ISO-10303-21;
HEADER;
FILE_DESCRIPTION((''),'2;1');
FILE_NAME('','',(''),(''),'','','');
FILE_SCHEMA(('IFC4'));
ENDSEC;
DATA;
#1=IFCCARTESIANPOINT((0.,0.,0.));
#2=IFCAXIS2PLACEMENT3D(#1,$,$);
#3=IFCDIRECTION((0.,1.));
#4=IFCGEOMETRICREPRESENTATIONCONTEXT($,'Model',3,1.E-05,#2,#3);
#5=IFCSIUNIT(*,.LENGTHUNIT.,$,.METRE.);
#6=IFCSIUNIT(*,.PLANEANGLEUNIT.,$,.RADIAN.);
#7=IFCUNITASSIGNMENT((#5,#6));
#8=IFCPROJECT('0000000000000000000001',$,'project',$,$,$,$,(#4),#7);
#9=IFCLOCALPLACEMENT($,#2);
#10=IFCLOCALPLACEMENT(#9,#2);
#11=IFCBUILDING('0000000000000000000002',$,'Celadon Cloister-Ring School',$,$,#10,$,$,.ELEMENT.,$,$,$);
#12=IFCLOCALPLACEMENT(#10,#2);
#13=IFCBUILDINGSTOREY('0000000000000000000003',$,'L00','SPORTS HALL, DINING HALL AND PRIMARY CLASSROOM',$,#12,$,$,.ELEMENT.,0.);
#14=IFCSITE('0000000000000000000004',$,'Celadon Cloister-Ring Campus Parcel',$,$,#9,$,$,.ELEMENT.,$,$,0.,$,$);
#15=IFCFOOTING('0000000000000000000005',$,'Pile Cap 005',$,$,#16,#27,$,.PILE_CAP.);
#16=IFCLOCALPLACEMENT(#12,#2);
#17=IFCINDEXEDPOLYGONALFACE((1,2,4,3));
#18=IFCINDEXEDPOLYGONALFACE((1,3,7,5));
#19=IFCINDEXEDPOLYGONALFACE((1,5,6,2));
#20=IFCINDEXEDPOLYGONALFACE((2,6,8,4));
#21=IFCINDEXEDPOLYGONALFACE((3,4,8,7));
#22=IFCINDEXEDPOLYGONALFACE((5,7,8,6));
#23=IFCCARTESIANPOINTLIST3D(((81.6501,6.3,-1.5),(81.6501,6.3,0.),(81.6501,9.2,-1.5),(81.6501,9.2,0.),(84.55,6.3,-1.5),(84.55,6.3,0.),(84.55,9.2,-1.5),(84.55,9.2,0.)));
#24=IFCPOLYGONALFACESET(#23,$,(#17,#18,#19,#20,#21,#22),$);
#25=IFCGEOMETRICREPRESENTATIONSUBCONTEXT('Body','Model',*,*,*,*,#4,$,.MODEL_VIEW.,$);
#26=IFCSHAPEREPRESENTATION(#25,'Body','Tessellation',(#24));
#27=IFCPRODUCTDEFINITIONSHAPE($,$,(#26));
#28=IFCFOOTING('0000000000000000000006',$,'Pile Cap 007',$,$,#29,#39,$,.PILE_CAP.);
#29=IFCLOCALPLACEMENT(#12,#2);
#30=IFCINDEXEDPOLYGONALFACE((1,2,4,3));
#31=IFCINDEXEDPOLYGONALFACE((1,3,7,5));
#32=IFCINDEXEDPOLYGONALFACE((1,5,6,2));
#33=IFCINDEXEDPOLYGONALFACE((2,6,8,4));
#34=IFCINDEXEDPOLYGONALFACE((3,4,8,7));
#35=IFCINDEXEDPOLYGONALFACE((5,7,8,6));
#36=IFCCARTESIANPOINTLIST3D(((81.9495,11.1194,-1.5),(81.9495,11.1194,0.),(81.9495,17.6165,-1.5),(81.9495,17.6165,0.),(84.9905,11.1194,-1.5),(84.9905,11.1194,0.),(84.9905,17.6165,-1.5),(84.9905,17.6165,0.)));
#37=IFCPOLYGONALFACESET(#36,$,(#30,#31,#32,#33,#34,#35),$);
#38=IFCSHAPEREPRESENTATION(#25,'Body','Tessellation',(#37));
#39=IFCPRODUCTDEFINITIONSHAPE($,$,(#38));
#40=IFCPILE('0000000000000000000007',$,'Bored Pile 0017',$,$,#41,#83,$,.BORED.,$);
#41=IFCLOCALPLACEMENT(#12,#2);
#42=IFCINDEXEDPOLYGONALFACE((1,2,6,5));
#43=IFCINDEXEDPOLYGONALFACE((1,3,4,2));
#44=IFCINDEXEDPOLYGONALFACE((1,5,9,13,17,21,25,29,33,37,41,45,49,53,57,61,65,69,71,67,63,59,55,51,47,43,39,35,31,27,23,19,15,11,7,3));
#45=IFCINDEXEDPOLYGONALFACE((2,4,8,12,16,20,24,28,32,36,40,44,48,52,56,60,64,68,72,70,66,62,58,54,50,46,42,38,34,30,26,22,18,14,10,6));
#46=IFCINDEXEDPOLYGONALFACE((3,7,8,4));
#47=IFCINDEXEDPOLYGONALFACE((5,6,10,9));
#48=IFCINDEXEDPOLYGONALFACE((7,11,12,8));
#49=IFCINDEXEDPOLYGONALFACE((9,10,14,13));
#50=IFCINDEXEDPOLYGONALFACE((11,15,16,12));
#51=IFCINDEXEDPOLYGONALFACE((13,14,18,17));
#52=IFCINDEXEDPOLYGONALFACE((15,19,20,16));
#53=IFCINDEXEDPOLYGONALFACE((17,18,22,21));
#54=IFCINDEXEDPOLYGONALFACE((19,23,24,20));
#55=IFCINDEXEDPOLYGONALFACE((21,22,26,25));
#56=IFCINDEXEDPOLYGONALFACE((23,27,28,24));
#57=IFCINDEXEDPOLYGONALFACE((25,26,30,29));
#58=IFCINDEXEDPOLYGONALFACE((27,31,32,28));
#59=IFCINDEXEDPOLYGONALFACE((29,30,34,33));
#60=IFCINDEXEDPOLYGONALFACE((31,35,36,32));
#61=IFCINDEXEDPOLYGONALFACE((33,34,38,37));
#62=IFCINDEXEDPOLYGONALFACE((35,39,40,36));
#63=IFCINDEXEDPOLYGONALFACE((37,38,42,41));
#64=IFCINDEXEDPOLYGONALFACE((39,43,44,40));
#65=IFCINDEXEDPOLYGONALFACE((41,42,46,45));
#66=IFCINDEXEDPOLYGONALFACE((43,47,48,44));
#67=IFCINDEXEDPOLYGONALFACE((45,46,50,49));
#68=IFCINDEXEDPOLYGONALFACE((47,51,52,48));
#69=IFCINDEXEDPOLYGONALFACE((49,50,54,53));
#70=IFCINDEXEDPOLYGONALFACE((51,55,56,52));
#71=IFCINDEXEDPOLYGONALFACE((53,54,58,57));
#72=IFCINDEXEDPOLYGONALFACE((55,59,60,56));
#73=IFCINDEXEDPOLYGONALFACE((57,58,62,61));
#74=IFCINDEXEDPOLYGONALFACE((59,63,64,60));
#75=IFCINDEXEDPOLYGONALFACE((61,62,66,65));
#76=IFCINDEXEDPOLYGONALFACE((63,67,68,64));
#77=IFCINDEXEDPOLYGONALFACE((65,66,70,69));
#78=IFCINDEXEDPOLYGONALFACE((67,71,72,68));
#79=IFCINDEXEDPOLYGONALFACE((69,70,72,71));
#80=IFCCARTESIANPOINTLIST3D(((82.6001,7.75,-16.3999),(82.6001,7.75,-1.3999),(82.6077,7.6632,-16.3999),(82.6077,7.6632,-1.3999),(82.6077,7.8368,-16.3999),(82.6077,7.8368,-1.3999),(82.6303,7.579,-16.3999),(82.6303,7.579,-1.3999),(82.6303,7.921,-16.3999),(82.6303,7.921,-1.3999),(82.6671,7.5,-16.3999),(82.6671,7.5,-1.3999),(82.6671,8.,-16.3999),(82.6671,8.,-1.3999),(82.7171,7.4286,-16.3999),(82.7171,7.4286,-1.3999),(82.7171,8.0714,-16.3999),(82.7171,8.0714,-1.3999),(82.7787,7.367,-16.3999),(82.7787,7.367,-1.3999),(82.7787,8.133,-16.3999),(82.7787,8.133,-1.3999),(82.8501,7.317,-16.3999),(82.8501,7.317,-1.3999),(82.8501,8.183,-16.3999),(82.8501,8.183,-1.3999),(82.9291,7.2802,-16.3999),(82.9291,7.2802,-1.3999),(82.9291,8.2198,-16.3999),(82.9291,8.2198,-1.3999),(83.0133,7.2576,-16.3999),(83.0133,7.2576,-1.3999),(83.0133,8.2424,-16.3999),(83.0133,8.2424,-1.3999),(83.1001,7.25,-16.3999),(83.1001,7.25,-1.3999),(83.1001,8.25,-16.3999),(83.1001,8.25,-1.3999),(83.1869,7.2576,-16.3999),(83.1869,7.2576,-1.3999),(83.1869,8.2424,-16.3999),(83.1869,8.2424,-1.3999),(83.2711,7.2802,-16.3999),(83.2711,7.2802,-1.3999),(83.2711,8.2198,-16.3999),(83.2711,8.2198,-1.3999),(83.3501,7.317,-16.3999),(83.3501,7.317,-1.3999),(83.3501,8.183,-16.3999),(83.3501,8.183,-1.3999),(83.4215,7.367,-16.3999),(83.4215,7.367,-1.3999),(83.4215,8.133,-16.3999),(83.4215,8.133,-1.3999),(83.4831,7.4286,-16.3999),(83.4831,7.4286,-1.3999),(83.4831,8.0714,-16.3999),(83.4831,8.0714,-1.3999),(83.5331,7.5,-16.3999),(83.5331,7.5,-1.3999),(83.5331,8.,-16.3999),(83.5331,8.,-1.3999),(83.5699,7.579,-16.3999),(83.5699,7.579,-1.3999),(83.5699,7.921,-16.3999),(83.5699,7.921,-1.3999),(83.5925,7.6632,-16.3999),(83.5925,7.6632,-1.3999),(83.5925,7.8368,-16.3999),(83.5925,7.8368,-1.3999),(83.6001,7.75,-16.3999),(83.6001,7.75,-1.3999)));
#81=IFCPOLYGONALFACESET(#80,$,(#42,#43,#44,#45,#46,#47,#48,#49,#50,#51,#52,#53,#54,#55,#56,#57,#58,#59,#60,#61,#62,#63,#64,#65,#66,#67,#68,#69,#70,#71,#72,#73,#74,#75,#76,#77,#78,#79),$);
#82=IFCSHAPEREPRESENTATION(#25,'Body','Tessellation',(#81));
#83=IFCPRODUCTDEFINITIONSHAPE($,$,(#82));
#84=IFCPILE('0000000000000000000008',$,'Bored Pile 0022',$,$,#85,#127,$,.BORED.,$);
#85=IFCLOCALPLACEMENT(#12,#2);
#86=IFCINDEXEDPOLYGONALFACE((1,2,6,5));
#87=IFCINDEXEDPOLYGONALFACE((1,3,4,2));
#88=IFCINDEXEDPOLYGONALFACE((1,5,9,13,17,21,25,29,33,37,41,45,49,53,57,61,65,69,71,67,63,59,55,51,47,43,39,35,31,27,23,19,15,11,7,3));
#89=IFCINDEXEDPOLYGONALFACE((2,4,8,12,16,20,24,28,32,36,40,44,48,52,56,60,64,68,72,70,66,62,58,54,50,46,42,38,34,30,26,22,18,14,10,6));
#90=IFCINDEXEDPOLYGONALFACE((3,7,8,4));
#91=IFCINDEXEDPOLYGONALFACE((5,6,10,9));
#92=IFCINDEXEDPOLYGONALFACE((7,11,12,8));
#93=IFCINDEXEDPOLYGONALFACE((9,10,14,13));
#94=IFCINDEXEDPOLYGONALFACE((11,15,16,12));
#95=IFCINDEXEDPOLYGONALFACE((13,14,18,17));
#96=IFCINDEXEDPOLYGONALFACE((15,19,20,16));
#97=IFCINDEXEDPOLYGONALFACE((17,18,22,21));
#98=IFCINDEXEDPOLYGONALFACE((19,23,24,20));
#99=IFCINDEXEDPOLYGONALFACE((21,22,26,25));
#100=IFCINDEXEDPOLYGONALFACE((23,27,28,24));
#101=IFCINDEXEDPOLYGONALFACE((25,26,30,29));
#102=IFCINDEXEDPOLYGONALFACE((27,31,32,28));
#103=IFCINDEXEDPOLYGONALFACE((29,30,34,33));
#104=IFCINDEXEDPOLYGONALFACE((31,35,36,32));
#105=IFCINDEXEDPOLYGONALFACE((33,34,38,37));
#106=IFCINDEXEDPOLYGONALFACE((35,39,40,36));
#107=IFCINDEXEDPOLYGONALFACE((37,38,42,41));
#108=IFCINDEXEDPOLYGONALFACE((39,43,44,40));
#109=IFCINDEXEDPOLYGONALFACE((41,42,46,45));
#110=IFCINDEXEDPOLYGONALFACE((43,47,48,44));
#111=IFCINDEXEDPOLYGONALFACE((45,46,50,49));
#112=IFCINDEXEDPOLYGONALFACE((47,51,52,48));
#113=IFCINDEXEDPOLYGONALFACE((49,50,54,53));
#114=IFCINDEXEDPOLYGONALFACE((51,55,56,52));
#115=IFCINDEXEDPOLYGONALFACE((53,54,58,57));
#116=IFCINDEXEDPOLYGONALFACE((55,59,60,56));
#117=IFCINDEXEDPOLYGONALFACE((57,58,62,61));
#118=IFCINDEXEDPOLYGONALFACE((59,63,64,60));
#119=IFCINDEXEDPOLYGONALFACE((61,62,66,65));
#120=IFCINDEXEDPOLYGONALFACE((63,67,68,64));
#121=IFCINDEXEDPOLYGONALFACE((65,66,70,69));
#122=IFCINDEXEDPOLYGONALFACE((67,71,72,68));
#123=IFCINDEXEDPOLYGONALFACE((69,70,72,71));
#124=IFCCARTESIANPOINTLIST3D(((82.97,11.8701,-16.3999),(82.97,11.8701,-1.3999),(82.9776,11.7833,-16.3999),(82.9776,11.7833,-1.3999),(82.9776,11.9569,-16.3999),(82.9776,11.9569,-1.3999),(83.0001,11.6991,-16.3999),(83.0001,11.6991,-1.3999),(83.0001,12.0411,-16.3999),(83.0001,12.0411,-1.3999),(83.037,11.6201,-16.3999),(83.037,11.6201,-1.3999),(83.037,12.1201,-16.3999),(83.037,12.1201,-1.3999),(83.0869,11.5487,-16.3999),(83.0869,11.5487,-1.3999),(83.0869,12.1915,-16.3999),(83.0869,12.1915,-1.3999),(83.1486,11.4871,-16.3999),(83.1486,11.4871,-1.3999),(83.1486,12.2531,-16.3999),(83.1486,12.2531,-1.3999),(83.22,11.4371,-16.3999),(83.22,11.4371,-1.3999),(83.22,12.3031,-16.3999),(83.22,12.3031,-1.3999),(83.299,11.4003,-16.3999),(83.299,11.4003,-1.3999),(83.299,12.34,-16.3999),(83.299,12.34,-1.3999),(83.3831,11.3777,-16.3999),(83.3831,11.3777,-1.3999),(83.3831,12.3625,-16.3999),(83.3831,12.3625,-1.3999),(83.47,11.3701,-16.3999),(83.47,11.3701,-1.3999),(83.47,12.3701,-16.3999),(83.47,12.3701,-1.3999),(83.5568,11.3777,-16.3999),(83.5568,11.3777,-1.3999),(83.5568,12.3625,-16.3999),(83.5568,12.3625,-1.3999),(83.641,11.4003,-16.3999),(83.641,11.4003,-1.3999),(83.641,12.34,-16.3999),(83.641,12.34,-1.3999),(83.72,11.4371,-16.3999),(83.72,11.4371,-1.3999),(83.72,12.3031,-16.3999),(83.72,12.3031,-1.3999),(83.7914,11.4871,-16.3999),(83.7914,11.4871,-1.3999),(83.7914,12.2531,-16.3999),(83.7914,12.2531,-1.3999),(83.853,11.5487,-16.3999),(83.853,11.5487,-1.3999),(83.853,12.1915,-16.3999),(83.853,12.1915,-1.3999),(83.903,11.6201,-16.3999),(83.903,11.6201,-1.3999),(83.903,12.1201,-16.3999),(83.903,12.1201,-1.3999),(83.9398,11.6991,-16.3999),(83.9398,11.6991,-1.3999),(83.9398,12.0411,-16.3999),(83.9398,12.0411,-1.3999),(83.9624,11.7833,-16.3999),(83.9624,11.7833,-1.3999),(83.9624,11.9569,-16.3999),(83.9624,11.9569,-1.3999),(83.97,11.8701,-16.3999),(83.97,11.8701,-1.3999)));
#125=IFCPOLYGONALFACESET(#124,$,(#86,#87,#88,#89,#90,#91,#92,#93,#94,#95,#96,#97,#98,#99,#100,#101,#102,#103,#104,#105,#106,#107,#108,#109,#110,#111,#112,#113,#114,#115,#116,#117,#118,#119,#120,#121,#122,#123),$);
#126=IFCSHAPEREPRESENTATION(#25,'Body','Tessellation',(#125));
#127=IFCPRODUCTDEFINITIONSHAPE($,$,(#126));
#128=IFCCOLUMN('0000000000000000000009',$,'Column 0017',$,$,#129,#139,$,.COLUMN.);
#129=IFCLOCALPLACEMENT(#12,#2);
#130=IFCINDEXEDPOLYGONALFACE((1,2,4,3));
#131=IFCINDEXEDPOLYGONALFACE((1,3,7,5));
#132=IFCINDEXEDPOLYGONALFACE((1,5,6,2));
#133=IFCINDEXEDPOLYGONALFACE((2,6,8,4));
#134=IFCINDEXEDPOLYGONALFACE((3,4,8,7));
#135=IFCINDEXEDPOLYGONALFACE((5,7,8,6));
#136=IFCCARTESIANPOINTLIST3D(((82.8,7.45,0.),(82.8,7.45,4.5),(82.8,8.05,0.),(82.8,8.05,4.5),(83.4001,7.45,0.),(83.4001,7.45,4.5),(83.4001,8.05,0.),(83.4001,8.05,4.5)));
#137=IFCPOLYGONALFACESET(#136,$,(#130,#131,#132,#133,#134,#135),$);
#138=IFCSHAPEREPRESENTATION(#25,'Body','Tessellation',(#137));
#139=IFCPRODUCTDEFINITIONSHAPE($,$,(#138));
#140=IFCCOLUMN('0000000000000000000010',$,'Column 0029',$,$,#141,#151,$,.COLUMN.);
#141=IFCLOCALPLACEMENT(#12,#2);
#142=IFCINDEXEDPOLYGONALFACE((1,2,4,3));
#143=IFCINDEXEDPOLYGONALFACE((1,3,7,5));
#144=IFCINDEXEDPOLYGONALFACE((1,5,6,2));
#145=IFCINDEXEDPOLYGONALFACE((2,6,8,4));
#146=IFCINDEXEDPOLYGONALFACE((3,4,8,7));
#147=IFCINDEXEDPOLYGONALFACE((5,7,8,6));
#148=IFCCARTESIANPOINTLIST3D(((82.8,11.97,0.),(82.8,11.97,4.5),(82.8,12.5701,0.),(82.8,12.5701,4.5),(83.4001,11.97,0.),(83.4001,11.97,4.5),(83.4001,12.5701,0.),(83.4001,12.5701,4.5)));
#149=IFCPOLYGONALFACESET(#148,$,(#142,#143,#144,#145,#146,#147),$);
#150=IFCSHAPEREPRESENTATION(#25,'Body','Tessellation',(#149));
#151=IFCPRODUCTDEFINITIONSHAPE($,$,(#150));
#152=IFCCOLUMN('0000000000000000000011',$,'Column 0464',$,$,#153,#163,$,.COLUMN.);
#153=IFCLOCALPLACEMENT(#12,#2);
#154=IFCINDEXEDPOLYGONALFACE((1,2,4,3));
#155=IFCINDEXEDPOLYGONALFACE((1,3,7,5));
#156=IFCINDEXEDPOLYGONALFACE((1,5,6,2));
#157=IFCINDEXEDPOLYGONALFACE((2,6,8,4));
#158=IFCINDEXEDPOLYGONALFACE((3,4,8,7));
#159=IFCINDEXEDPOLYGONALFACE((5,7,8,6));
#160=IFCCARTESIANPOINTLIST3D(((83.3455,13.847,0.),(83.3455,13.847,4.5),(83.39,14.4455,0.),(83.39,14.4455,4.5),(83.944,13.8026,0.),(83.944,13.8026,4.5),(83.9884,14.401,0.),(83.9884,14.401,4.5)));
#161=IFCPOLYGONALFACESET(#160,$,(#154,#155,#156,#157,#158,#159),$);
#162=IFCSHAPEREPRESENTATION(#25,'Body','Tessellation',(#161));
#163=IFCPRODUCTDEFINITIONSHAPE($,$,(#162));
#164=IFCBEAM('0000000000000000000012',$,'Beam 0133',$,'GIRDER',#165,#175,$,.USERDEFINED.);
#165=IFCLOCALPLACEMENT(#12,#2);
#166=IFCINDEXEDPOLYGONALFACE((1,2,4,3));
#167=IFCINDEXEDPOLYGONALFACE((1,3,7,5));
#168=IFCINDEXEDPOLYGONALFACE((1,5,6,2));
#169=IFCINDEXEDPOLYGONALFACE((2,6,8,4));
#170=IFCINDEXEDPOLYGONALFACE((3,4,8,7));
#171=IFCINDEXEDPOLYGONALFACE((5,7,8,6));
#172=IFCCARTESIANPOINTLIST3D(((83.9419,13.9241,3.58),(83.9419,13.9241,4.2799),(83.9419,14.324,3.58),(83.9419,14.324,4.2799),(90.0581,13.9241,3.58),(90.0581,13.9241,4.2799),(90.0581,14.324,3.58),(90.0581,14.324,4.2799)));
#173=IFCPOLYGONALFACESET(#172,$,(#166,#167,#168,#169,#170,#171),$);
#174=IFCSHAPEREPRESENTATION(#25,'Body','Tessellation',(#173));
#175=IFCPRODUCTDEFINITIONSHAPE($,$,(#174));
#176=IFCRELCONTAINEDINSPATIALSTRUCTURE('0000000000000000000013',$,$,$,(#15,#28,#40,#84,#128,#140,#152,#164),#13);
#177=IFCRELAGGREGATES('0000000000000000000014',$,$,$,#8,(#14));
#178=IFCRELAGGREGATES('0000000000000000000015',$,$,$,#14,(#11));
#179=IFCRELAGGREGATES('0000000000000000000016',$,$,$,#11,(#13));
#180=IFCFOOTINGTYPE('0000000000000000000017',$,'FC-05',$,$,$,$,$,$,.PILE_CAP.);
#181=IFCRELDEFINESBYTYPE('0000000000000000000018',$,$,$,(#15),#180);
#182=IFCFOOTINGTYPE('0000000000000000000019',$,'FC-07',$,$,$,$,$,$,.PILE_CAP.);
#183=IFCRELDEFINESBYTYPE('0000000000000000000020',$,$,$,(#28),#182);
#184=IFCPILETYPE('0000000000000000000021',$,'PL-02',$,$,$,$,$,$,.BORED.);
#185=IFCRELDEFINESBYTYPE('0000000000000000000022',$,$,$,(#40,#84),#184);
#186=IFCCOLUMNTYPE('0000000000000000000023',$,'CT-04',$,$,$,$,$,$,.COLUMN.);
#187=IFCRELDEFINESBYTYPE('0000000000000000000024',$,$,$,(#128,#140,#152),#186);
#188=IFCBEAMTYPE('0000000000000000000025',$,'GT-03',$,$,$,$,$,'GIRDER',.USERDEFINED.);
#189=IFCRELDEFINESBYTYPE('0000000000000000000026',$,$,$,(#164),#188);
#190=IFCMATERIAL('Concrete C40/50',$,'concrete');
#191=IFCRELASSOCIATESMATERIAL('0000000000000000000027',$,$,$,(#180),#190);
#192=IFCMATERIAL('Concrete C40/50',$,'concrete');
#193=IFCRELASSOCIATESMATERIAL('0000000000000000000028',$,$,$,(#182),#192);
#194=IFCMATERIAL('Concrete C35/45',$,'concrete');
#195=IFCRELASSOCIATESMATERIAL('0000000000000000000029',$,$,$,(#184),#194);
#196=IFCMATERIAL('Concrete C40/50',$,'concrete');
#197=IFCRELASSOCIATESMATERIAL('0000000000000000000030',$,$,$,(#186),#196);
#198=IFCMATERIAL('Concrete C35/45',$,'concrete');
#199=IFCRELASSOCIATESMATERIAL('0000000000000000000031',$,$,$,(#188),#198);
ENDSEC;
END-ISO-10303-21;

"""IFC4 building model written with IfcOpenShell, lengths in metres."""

from ifc_helpers import new_model, si_unit, direction, frame, origin, origin_2d, place, context, subcontext, project, spatial, rectangle, circle, extrude, material, material_profile, profile_set, type_object, element, save


model = new_model("IFC4")

# Units and contexts
model_context = context("Model", 3, precision=1e-05, world=origin(), true_north=direction((0.0, 1.0)))
body_context = subcontext(model_context, "Body", "Model", "MODEL_VIEW")
ifc_project = project(units=[si_unit("LENGTHUNIT", "METRE"), si_unit("PLANEANGLEUNIT", "RADIAN")], contexts=[model_context])

# Site, building, storey
site_placement = place(None, origin())
site = spatial("IfcSite", under=ifc_project, at=site_placement, Name="Celadon Cloister-Ring Campus Parcel", CompositionType="ELEMENT", RefElevation=0.0)
building_placement = place(site_placement, origin())
building = spatial("IfcBuilding", under=site, at=building_placement, Name="Celadon Cloister-Ring School", CompositionType="ELEMENT")
storey_placement = place(building_placement, origin())
storey = spatial("IfcBuildingStorey", under=building, at=storey_placement, Name="L00", Description="SPORTS HALL, DINING HALL AND PRIMARY CLASSROOM", CompositionType="ELEMENT", Elevation=0.0)

# Footings
ifc_material_1 = material(Name="Concrete C40/50", Category="concrete")
footing_type_1 = type_object("IfcFootingType", Name="FC-05", PredefinedType="PILE_CAP", material=ifc_material_1)
footing_1_placement = place(storey_placement, frame((83.1001, 7.75, -1.5), z_axis=(0.0, 0.0, 1.0), x_axis=(1.0, 0.0, 0.0)))
element("IfcFooting", 1, at=footing_1_placement, inside=storey, type_object=footing_type_1, Name="Pile Cap 005", PredefinedType="PILE_CAP", context=body_context, shape_type="SweptSolid", body=[
    extrude(rectangle(XDim=2.8999, YDim=2.8999, at=origin_2d()), origin(), (0.0, 0.0, 1.0), 1.5),
])
ifc_material_2 = material(Name="Concrete C40/50", Category="concrete")
footing_type_2 = type_object("IfcFootingType", Name="FC-07", PredefinedType="PILE_CAP", material=ifc_material_2)
footing_2_placement = place(storey_placement, frame((83.47, 14.3679, -1.5), z_axis=(0.0, 0.0, 1.0), x_axis=(1.0, 0.0, 0.0)))
element("IfcFooting", 2, at=footing_2_placement, inside=storey, type_object=footing_type_2, Name="Pile Cap 007", PredefinedType="PILE_CAP", context=body_context, shape_type="SweptSolid", body=[
    extrude(rectangle(XDim=3.041, YDim=6.4971, at=origin_2d()), origin(), (0.0, 0.0, 1.0), 1.5),
])

# Piles
ifc_material_3 = material(Name="Concrete C35/45", Category="concrete")
ifc_material_profile_1 = material_profile(ifc_material_3, circle(Radius=0.5, at=origin_2d()), Name="PILE1000")
ifc_profile_set_1 = profile_set([ifc_material_profile_1], Name="Concrete C35/45")
pile_type = type_object("IfcPileType", Name="PL-02", PredefinedType="BORED", material=ifc_profile_set_1)
for number, where, z_axis, x_axis, name in (
    (3, (83.1001, 7.75, -1.3999), (0.0, 0.0, -1.0), (1.0, 0.0, 0.0), "Bored Pile 0017"),
    (4, (83.47, 11.8701, -1.3999), (0.0, 0.0, -1.0), (1.0, 0.0, 0.0), "Bored Pile 0022"),
):
    element("IfcPile", number, at=place(storey_placement, frame(where, z_axis=z_axis, x_axis=x_axis)), inside=storey, type_object=pile_type, Name=name, PredefinedType="BORED", context=body_context, shape_type="SweptSolid", body=[
        extrude(circle(Radius=0.5, at=origin_2d()), origin(), (0.0, 0.0, 1.0), 15.0),
    ])

# Columns
ifc_material_4 = material(Name="Concrete C40/50", Category="concrete")
ifc_material_profile_2 = material_profile(ifc_material_4, rectangle(XDim=0.6001, YDim=0.6001, at=origin_2d()), Name="RC600X600")
ifc_profile_set_2 = profile_set([ifc_material_profile_2], Name="Concrete C40/50")
column_type = type_object("IfcColumnType", Name="CT-04", PredefinedType="COLUMN", material=ifc_profile_set_2)
for number, where, z_axis, x_axis, name in (
    (5, (83.1001, 7.75, 0.0), (0.0, 0.0, 1.0), (1.0, 0.0, 0.0), "Column 0017"),
    (6, (83.1001, 12.27, 0.0), (0.0, 0.0, 1.0), (1.0, 0.0, 0.0), "Column 0029"),
    (7, (83.667, 14.124, 0.0), (0.0, 0.0, 1.0), (-0.074074, -0.997253, 0.0), "Column 0464"),
):
    element("IfcColumn", number, at=place(storey_placement, frame(where, z_axis=z_axis, x_axis=x_axis)), inside=storey, type_object=column_type, Name=name, PredefinedType="COLUMN", context=body_context, shape_type="SweptSolid", body=[
        extrude(rectangle(XDim=0.6001, YDim=0.6001, at=origin_2d()), origin(), (0.0, 0.0, 1.0), 4.5),
    ])

# Beam
ifc_material_5 = material(Name="Concrete C35/45", Category="concrete")
ifc_material_profile_3 = material_profile(ifc_material_5, rectangle(XDim=0.3999, YDim=0.7, at=origin_2d()), Name="RC400X700")
ifc_profile_set_3 = profile_set([ifc_material_profile_3], Name="Concrete C35/45")
beam_type = type_object("IfcBeamType", Name="GT-03", ElementType="GIRDER", PredefinedType="USERDEFINED", material=ifc_profile_set_3)
beam_placement = place(storey_placement, frame((83.9419, 14.124, 3.9299), z_axis=(1.0, 0.0, 0.0), x_axis=(0.0, 1.0, 0.0)))
element("IfcBeam", 8, at=beam_placement, inside=storey, type_object=beam_type, Name="Beam 0133", ObjectType="GIRDER", PredefinedType="USERDEFINED", context=body_context, shape_type="SweptSolid", body=[
    extrude(rectangle(XDim=0.3999, YDim=0.7, at=origin_2d()), origin(), (0.0, 0.0, 1.0), 6.1162),
])

save(model, "model.ifc")
